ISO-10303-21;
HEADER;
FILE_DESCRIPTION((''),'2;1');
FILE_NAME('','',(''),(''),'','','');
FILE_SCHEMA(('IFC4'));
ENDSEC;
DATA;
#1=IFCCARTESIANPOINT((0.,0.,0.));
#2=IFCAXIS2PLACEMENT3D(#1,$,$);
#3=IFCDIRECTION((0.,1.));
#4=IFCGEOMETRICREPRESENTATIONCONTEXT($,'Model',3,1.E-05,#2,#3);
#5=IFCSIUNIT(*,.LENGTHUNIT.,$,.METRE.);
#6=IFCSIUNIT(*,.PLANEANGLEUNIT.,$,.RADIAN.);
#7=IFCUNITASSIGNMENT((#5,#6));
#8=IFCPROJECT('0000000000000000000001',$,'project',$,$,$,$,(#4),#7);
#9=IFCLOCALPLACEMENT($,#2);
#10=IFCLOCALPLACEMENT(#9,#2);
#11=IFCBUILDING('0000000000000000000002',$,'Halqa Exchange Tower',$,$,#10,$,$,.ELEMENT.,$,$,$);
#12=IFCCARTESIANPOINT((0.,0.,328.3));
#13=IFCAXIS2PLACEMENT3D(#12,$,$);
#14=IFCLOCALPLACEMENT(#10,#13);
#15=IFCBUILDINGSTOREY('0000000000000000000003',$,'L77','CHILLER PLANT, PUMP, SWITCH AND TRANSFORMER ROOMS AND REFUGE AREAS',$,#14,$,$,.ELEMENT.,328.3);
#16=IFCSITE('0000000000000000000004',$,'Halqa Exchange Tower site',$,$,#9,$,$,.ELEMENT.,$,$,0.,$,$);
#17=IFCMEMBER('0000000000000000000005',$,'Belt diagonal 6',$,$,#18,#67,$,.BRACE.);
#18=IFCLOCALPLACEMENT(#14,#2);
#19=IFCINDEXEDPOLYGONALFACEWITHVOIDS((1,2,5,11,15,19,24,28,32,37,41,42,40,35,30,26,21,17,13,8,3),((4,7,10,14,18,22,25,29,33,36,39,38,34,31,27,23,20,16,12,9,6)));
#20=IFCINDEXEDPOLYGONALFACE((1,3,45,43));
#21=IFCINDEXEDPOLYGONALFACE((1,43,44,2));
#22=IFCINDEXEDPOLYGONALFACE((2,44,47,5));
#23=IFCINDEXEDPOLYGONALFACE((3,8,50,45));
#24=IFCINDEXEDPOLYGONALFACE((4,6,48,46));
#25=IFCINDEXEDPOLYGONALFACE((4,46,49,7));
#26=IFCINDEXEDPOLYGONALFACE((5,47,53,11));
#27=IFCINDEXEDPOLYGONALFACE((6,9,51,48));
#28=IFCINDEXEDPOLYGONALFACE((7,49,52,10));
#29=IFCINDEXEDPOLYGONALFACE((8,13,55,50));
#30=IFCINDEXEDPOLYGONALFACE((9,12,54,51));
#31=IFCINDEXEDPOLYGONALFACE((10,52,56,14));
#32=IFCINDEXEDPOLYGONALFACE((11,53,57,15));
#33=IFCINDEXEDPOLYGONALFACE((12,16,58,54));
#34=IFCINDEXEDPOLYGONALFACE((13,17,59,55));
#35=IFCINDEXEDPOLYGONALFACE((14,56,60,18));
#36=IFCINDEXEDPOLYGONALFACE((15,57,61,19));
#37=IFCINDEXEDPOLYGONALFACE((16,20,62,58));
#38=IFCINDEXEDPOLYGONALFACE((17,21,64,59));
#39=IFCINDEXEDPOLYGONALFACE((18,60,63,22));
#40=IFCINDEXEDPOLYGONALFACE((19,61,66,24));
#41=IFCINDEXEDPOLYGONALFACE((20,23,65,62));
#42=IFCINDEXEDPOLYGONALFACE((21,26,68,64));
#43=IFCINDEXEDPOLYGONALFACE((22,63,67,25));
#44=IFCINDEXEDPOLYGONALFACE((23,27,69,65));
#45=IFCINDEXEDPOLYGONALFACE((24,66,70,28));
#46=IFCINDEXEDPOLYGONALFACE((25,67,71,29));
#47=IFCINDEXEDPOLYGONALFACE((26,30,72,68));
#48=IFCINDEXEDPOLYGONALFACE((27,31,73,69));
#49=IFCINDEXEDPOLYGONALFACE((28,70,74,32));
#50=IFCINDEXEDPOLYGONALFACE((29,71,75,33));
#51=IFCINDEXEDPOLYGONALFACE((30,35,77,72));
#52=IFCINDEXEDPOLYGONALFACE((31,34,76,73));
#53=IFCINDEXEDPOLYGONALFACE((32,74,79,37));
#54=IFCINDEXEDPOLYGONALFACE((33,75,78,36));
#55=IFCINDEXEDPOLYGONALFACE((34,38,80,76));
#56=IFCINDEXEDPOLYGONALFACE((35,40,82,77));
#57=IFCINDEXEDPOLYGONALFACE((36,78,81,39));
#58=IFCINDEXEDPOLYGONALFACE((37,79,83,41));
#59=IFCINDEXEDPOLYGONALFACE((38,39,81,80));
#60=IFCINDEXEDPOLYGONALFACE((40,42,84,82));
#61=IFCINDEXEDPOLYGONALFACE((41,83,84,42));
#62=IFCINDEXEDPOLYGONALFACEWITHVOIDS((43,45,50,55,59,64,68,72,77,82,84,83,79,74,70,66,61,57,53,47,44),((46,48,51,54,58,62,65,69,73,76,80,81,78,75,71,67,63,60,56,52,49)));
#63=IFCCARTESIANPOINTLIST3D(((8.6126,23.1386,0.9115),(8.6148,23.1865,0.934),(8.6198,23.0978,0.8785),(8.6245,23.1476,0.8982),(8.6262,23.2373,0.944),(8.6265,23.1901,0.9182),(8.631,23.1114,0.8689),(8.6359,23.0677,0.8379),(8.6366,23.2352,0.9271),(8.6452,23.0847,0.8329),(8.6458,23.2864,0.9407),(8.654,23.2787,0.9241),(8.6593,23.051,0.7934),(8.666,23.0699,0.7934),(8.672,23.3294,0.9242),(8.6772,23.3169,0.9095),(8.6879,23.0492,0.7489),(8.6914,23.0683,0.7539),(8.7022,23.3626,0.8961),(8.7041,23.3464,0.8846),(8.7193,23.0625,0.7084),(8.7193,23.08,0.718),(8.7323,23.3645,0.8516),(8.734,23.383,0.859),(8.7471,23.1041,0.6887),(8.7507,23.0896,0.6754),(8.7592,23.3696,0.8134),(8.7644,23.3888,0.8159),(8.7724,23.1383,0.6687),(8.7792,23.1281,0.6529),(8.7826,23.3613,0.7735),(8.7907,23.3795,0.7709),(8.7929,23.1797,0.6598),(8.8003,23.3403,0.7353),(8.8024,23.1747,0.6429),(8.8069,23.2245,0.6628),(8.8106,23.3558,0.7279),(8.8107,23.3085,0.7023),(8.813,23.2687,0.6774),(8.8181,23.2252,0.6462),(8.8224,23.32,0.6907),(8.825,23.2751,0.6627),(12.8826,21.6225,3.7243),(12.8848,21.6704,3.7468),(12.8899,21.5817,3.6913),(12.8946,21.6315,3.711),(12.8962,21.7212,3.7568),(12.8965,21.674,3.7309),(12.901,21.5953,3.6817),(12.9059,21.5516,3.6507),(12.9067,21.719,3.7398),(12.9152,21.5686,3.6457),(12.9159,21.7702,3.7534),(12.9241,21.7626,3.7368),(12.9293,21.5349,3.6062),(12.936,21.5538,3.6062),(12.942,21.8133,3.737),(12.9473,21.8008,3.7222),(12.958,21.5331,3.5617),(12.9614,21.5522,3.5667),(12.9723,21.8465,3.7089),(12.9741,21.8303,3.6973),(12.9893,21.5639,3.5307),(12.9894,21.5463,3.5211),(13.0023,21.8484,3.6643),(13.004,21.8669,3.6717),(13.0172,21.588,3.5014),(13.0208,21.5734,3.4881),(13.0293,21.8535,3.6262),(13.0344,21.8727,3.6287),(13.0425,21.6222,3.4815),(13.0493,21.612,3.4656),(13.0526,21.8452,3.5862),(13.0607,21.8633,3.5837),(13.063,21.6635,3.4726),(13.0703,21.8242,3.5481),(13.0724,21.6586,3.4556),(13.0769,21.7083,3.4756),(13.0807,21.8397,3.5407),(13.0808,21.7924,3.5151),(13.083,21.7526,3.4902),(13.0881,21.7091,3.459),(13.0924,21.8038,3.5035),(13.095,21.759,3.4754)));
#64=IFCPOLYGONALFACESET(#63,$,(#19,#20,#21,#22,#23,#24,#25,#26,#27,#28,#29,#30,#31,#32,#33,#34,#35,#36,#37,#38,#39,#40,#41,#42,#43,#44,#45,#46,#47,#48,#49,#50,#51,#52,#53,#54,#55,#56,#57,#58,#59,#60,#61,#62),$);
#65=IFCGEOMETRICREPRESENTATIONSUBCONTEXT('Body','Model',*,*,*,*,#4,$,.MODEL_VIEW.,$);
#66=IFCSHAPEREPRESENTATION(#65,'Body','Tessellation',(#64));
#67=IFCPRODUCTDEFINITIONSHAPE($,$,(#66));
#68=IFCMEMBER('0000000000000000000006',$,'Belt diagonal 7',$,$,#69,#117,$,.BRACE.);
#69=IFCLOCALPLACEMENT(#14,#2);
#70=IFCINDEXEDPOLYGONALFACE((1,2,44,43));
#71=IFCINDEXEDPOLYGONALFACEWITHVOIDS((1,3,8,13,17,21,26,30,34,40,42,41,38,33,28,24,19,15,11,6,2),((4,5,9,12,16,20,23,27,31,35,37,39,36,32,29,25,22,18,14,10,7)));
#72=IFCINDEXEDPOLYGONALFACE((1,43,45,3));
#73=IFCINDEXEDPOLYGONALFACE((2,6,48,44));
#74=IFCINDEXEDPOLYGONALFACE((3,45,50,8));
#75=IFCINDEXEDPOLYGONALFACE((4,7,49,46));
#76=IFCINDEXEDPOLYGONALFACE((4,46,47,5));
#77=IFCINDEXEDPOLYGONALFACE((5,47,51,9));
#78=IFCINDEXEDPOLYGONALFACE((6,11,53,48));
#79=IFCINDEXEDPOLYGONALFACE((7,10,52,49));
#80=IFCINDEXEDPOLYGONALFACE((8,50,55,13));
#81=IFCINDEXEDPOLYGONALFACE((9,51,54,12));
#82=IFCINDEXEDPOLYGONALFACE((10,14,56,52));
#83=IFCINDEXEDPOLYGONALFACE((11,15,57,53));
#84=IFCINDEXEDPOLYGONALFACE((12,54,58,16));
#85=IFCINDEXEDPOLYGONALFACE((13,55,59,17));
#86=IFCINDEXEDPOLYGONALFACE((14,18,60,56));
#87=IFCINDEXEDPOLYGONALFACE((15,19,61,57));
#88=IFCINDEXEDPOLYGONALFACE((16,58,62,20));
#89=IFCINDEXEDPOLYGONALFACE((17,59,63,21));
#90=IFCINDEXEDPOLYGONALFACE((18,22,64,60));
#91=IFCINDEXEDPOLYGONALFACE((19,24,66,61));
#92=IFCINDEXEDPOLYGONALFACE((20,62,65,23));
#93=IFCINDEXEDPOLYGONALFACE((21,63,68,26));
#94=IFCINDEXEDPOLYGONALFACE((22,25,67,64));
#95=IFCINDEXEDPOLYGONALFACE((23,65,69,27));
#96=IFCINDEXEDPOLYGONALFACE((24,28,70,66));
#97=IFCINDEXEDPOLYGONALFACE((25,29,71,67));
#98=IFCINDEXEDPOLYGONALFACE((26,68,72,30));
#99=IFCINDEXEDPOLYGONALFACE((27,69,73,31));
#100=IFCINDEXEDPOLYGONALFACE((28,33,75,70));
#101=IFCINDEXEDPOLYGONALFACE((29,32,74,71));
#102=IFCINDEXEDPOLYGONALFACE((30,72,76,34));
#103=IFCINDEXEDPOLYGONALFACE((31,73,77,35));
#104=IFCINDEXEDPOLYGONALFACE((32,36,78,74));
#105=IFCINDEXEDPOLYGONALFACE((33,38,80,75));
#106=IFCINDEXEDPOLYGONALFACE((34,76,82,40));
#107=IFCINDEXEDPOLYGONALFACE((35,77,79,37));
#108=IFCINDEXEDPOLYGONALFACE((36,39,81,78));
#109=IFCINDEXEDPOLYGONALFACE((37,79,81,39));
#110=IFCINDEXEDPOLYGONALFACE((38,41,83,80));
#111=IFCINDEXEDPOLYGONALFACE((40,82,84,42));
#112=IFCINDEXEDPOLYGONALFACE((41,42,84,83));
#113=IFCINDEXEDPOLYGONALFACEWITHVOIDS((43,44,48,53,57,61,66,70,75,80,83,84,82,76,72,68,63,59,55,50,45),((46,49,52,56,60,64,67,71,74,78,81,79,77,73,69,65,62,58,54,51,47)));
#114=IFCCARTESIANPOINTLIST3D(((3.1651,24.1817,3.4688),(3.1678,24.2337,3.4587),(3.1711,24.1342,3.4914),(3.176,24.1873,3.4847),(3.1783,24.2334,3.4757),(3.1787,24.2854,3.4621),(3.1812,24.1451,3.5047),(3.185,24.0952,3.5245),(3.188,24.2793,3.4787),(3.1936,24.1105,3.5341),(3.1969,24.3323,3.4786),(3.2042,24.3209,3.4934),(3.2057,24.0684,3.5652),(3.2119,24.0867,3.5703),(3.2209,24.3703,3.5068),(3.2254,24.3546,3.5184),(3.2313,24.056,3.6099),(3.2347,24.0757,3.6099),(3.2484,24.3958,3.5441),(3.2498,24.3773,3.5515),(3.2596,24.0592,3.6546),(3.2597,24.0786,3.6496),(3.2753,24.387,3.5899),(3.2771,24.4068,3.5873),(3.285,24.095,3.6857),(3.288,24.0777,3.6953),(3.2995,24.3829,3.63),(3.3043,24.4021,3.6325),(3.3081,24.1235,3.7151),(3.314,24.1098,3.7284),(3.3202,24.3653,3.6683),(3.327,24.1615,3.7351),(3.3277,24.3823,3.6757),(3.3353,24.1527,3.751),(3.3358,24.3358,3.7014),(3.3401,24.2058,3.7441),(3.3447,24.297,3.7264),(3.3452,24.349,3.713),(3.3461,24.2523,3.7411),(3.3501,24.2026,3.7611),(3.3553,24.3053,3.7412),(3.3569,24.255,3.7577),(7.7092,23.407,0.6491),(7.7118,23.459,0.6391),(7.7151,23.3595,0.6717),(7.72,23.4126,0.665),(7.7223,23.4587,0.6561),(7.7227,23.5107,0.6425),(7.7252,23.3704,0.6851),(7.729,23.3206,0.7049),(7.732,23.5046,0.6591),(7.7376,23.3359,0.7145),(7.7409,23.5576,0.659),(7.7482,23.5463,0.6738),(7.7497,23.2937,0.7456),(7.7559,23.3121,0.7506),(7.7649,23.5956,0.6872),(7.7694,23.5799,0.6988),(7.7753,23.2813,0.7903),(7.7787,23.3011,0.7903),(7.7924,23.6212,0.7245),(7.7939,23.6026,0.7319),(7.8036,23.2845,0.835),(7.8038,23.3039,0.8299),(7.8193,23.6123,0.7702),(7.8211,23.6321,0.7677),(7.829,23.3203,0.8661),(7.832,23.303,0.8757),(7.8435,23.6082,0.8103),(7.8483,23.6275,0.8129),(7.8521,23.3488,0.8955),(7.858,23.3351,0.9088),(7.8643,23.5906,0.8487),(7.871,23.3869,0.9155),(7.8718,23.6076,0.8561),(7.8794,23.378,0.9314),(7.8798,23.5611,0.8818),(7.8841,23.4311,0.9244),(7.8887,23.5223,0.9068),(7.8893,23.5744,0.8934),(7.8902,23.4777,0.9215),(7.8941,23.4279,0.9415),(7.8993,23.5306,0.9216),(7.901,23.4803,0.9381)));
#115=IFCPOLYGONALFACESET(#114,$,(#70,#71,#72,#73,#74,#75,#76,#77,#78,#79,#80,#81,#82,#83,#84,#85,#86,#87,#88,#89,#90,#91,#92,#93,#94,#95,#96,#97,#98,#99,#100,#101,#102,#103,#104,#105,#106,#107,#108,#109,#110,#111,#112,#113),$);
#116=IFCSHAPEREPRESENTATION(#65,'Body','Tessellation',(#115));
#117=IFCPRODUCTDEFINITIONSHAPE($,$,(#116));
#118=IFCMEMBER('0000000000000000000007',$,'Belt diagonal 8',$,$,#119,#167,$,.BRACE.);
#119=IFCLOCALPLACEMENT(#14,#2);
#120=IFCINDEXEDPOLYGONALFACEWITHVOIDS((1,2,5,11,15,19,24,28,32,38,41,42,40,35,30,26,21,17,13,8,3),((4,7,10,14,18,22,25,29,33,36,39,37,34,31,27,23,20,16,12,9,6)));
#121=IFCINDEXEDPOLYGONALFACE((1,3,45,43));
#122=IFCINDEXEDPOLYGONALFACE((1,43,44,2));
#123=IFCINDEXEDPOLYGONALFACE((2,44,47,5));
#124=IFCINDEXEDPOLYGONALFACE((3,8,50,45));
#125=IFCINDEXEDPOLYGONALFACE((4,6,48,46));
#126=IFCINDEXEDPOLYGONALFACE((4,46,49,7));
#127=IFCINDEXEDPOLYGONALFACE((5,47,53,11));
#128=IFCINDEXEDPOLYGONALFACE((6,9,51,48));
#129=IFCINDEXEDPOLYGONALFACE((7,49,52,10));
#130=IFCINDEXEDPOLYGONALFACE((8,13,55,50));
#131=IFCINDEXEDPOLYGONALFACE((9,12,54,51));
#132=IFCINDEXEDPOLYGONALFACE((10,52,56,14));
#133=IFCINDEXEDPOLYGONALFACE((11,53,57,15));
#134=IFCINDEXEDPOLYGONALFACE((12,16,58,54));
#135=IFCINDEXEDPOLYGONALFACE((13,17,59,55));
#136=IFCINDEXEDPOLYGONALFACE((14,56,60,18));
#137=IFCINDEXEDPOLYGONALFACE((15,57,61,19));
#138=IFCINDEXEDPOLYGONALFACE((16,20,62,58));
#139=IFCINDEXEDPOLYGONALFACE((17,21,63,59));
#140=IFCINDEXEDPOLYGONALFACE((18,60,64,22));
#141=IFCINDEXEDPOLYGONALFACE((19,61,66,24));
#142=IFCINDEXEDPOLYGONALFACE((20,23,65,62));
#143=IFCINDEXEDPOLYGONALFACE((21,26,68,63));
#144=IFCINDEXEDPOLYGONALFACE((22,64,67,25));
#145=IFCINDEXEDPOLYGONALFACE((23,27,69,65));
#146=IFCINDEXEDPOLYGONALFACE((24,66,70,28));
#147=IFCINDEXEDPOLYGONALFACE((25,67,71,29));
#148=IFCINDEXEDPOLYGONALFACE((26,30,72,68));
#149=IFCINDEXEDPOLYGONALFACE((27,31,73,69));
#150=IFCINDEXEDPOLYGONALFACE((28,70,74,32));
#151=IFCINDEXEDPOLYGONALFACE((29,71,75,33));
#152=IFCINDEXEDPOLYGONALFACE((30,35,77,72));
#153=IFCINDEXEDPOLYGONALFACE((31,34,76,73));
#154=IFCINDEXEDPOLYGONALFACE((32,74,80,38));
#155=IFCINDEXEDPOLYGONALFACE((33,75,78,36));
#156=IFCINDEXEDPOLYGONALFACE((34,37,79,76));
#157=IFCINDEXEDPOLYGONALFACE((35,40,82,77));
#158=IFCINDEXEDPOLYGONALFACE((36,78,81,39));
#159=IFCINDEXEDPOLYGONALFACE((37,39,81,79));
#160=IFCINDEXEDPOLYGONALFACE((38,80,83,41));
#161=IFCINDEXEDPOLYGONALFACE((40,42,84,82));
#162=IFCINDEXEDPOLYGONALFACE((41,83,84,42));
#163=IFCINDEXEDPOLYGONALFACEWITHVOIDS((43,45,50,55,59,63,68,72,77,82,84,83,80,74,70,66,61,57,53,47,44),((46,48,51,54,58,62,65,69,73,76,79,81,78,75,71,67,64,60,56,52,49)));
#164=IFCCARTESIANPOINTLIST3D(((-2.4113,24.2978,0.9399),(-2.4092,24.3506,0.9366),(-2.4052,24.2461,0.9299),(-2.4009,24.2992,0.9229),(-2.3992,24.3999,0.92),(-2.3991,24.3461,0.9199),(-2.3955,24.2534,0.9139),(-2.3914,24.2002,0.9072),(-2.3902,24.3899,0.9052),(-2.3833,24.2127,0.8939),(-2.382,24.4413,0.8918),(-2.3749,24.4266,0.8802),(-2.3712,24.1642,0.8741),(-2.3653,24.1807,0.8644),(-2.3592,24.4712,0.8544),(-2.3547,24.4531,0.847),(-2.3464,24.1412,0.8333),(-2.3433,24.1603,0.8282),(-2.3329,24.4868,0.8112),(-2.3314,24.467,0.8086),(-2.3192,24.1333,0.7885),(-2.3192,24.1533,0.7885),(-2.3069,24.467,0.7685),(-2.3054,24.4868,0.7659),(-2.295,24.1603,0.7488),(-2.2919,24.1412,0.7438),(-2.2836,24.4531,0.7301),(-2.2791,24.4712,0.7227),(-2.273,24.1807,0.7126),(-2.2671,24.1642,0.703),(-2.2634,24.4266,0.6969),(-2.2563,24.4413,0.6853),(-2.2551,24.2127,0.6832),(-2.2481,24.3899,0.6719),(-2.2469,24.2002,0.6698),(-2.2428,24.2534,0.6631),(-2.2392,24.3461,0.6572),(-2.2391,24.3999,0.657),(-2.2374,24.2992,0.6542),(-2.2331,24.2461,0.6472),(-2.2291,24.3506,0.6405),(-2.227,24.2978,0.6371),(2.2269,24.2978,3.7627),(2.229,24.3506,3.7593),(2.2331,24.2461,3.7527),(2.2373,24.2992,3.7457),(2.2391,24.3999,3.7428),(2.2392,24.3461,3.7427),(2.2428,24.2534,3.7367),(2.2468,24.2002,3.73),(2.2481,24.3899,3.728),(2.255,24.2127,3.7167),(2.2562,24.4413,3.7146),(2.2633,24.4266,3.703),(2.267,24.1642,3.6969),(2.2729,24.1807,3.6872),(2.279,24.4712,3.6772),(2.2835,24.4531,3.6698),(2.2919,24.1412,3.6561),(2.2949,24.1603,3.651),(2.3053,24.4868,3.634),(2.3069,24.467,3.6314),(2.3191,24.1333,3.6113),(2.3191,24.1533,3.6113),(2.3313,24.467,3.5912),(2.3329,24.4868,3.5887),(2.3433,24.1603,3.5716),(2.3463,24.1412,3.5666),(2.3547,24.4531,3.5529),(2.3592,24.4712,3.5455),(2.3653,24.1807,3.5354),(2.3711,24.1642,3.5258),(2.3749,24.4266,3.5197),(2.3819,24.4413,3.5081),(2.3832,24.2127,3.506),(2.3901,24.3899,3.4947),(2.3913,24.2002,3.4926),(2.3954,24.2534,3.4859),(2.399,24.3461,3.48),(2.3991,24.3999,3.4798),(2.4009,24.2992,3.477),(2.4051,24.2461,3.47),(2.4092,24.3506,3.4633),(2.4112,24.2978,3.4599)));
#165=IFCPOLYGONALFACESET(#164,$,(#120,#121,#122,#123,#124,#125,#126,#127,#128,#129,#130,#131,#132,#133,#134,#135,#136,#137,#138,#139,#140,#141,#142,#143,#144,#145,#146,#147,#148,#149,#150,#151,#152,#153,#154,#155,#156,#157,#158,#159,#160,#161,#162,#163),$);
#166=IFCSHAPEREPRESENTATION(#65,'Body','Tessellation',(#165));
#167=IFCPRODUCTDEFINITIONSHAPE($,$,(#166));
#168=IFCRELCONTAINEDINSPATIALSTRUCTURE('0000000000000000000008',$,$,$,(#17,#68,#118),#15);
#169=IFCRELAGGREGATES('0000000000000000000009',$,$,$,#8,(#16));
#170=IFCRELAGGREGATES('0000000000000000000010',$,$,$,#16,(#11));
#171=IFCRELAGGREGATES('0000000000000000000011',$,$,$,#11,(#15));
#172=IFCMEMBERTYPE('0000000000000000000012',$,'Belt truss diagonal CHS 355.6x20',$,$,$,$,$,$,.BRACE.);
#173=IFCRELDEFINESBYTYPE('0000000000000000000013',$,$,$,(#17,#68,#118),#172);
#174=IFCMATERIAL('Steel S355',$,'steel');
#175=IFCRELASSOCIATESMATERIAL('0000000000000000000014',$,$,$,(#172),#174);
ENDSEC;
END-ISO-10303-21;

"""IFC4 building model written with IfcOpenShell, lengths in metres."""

from ifc_helpers import new_model, si_unit, direction, frame, origin, origin_2d, place, context, subcontext, project, spatial, hollow_circle, extrude, material, material_profile, profile_set, type_object, element, save


model = new_model("IFC4")

# Units and contexts
model_context = context("Model", 3, precision=1e-05, world=origin(), true_north=direction((0.0, 1.0)))
body_context = subcontext(model_context, "Body", "Model", "MODEL_VIEW")
ifc_project = project(units=[si_unit("LENGTHUNIT", "METRE"), si_unit("PLANEANGLEUNIT", "RADIAN")], contexts=[model_context])

# Site, building, storey
site_placement = place(None, origin())
site = spatial("IfcSite", under=ifc_project, at=site_placement, Name="Halqa Exchange Tower site", CompositionType="ELEMENT", RefElevation=0.0)
building_placement = place(site_placement, origin())
building = spatial("IfcBuilding", under=site, at=building_placement, Name="Halqa Exchange Tower", CompositionType="ELEMENT")
storey_placement = place(building_placement, frame((0.0, 0.0, 328.3)))
storey = spatial("IfcBuildingStorey", under=building, at=storey_placement, Name="L77", Description="CHILLER PLANT, PUMP, SWITCH AND TRANSFORMER ROOMS AND REFUGE AREAS", CompositionType="ELEMENT", Elevation=328.3)

# Members
ifc_material_1 = material(Name="Steel S355", Category="steel")
ifc_material_profile_1 = material_profile(ifc_material_1, hollow_circle(Radius=0.1777, WallThickness=0.02, at=origin_2d()), Name="CHS 355.6x20")
ifc_profile_set_1 = profile_set([ifc_material_profile_1], Name="Steel S355")
member_type_1 = type_object("IfcMemberType", Name="Belt truss diagonal CHS 355.6x20", PredefinedType="BRACE", material=ifc_profile_set_1)
member_1_placement = place(storey_placement, frame((12.9888, 21.7024, 3.6062), z_axis=(-0.800646, 0.284277, -0.527401), x_axis=(-0.334595, -0.942362, 0.0)))
element("IfcMember", 1, at=member_1_placement, inside=storey, type_object=member_type_1, Name="Belt diagonal 6", PredefinedType="BRACE", context=body_context, shape_type="SweptSolid", body=[
    extrude(hollow_circle(Radius=0.1777, WallThickness=0.02, at=origin_2d()), origin(), (0.0, 0.0, 1.0), 5.3333),
])
member_2_placement = place(storey_placement, frame((7.8052, 23.4565, 0.7903), z_axis=(-0.84093, 0.143363, 0.521808), x_axis=(-0.168057, -0.985777, 0.0)))
element("IfcMember", 2, at=member_2_placement, inside=storey, type_object=member_type_1, Name="Belt diagonal 7", PredefinedType="BRACE", context=body_context, shape_type="SweptSolid", body=[
    extrude(hollow_circle(Radius=0.1777, WallThickness=0.02, at=origin_2d()), origin(), (0.0, 0.0, 1.0), 5.4036),
])
member_3_placement = place(storey_placement, frame((2.3191, 24.311, 3.6113), z_axis=(-0.854238, 0.0, -0.519881), x_axis=(0.0, -1.0, 0.0)))
element("IfcMember", 3, at=member_3_placement, inside=storey, type_object=member_type_1, Name="Belt diagonal 8", PredefinedType="BRACE", context=body_context, shape_type="SweptSolid", body=[
    extrude(hollow_circle(Radius=0.1777, WallThickness=0.02, at=origin_2d()), origin(), (0.0, 0.0, 1.0), 5.4297),
])

save(model, "model.ifc")
